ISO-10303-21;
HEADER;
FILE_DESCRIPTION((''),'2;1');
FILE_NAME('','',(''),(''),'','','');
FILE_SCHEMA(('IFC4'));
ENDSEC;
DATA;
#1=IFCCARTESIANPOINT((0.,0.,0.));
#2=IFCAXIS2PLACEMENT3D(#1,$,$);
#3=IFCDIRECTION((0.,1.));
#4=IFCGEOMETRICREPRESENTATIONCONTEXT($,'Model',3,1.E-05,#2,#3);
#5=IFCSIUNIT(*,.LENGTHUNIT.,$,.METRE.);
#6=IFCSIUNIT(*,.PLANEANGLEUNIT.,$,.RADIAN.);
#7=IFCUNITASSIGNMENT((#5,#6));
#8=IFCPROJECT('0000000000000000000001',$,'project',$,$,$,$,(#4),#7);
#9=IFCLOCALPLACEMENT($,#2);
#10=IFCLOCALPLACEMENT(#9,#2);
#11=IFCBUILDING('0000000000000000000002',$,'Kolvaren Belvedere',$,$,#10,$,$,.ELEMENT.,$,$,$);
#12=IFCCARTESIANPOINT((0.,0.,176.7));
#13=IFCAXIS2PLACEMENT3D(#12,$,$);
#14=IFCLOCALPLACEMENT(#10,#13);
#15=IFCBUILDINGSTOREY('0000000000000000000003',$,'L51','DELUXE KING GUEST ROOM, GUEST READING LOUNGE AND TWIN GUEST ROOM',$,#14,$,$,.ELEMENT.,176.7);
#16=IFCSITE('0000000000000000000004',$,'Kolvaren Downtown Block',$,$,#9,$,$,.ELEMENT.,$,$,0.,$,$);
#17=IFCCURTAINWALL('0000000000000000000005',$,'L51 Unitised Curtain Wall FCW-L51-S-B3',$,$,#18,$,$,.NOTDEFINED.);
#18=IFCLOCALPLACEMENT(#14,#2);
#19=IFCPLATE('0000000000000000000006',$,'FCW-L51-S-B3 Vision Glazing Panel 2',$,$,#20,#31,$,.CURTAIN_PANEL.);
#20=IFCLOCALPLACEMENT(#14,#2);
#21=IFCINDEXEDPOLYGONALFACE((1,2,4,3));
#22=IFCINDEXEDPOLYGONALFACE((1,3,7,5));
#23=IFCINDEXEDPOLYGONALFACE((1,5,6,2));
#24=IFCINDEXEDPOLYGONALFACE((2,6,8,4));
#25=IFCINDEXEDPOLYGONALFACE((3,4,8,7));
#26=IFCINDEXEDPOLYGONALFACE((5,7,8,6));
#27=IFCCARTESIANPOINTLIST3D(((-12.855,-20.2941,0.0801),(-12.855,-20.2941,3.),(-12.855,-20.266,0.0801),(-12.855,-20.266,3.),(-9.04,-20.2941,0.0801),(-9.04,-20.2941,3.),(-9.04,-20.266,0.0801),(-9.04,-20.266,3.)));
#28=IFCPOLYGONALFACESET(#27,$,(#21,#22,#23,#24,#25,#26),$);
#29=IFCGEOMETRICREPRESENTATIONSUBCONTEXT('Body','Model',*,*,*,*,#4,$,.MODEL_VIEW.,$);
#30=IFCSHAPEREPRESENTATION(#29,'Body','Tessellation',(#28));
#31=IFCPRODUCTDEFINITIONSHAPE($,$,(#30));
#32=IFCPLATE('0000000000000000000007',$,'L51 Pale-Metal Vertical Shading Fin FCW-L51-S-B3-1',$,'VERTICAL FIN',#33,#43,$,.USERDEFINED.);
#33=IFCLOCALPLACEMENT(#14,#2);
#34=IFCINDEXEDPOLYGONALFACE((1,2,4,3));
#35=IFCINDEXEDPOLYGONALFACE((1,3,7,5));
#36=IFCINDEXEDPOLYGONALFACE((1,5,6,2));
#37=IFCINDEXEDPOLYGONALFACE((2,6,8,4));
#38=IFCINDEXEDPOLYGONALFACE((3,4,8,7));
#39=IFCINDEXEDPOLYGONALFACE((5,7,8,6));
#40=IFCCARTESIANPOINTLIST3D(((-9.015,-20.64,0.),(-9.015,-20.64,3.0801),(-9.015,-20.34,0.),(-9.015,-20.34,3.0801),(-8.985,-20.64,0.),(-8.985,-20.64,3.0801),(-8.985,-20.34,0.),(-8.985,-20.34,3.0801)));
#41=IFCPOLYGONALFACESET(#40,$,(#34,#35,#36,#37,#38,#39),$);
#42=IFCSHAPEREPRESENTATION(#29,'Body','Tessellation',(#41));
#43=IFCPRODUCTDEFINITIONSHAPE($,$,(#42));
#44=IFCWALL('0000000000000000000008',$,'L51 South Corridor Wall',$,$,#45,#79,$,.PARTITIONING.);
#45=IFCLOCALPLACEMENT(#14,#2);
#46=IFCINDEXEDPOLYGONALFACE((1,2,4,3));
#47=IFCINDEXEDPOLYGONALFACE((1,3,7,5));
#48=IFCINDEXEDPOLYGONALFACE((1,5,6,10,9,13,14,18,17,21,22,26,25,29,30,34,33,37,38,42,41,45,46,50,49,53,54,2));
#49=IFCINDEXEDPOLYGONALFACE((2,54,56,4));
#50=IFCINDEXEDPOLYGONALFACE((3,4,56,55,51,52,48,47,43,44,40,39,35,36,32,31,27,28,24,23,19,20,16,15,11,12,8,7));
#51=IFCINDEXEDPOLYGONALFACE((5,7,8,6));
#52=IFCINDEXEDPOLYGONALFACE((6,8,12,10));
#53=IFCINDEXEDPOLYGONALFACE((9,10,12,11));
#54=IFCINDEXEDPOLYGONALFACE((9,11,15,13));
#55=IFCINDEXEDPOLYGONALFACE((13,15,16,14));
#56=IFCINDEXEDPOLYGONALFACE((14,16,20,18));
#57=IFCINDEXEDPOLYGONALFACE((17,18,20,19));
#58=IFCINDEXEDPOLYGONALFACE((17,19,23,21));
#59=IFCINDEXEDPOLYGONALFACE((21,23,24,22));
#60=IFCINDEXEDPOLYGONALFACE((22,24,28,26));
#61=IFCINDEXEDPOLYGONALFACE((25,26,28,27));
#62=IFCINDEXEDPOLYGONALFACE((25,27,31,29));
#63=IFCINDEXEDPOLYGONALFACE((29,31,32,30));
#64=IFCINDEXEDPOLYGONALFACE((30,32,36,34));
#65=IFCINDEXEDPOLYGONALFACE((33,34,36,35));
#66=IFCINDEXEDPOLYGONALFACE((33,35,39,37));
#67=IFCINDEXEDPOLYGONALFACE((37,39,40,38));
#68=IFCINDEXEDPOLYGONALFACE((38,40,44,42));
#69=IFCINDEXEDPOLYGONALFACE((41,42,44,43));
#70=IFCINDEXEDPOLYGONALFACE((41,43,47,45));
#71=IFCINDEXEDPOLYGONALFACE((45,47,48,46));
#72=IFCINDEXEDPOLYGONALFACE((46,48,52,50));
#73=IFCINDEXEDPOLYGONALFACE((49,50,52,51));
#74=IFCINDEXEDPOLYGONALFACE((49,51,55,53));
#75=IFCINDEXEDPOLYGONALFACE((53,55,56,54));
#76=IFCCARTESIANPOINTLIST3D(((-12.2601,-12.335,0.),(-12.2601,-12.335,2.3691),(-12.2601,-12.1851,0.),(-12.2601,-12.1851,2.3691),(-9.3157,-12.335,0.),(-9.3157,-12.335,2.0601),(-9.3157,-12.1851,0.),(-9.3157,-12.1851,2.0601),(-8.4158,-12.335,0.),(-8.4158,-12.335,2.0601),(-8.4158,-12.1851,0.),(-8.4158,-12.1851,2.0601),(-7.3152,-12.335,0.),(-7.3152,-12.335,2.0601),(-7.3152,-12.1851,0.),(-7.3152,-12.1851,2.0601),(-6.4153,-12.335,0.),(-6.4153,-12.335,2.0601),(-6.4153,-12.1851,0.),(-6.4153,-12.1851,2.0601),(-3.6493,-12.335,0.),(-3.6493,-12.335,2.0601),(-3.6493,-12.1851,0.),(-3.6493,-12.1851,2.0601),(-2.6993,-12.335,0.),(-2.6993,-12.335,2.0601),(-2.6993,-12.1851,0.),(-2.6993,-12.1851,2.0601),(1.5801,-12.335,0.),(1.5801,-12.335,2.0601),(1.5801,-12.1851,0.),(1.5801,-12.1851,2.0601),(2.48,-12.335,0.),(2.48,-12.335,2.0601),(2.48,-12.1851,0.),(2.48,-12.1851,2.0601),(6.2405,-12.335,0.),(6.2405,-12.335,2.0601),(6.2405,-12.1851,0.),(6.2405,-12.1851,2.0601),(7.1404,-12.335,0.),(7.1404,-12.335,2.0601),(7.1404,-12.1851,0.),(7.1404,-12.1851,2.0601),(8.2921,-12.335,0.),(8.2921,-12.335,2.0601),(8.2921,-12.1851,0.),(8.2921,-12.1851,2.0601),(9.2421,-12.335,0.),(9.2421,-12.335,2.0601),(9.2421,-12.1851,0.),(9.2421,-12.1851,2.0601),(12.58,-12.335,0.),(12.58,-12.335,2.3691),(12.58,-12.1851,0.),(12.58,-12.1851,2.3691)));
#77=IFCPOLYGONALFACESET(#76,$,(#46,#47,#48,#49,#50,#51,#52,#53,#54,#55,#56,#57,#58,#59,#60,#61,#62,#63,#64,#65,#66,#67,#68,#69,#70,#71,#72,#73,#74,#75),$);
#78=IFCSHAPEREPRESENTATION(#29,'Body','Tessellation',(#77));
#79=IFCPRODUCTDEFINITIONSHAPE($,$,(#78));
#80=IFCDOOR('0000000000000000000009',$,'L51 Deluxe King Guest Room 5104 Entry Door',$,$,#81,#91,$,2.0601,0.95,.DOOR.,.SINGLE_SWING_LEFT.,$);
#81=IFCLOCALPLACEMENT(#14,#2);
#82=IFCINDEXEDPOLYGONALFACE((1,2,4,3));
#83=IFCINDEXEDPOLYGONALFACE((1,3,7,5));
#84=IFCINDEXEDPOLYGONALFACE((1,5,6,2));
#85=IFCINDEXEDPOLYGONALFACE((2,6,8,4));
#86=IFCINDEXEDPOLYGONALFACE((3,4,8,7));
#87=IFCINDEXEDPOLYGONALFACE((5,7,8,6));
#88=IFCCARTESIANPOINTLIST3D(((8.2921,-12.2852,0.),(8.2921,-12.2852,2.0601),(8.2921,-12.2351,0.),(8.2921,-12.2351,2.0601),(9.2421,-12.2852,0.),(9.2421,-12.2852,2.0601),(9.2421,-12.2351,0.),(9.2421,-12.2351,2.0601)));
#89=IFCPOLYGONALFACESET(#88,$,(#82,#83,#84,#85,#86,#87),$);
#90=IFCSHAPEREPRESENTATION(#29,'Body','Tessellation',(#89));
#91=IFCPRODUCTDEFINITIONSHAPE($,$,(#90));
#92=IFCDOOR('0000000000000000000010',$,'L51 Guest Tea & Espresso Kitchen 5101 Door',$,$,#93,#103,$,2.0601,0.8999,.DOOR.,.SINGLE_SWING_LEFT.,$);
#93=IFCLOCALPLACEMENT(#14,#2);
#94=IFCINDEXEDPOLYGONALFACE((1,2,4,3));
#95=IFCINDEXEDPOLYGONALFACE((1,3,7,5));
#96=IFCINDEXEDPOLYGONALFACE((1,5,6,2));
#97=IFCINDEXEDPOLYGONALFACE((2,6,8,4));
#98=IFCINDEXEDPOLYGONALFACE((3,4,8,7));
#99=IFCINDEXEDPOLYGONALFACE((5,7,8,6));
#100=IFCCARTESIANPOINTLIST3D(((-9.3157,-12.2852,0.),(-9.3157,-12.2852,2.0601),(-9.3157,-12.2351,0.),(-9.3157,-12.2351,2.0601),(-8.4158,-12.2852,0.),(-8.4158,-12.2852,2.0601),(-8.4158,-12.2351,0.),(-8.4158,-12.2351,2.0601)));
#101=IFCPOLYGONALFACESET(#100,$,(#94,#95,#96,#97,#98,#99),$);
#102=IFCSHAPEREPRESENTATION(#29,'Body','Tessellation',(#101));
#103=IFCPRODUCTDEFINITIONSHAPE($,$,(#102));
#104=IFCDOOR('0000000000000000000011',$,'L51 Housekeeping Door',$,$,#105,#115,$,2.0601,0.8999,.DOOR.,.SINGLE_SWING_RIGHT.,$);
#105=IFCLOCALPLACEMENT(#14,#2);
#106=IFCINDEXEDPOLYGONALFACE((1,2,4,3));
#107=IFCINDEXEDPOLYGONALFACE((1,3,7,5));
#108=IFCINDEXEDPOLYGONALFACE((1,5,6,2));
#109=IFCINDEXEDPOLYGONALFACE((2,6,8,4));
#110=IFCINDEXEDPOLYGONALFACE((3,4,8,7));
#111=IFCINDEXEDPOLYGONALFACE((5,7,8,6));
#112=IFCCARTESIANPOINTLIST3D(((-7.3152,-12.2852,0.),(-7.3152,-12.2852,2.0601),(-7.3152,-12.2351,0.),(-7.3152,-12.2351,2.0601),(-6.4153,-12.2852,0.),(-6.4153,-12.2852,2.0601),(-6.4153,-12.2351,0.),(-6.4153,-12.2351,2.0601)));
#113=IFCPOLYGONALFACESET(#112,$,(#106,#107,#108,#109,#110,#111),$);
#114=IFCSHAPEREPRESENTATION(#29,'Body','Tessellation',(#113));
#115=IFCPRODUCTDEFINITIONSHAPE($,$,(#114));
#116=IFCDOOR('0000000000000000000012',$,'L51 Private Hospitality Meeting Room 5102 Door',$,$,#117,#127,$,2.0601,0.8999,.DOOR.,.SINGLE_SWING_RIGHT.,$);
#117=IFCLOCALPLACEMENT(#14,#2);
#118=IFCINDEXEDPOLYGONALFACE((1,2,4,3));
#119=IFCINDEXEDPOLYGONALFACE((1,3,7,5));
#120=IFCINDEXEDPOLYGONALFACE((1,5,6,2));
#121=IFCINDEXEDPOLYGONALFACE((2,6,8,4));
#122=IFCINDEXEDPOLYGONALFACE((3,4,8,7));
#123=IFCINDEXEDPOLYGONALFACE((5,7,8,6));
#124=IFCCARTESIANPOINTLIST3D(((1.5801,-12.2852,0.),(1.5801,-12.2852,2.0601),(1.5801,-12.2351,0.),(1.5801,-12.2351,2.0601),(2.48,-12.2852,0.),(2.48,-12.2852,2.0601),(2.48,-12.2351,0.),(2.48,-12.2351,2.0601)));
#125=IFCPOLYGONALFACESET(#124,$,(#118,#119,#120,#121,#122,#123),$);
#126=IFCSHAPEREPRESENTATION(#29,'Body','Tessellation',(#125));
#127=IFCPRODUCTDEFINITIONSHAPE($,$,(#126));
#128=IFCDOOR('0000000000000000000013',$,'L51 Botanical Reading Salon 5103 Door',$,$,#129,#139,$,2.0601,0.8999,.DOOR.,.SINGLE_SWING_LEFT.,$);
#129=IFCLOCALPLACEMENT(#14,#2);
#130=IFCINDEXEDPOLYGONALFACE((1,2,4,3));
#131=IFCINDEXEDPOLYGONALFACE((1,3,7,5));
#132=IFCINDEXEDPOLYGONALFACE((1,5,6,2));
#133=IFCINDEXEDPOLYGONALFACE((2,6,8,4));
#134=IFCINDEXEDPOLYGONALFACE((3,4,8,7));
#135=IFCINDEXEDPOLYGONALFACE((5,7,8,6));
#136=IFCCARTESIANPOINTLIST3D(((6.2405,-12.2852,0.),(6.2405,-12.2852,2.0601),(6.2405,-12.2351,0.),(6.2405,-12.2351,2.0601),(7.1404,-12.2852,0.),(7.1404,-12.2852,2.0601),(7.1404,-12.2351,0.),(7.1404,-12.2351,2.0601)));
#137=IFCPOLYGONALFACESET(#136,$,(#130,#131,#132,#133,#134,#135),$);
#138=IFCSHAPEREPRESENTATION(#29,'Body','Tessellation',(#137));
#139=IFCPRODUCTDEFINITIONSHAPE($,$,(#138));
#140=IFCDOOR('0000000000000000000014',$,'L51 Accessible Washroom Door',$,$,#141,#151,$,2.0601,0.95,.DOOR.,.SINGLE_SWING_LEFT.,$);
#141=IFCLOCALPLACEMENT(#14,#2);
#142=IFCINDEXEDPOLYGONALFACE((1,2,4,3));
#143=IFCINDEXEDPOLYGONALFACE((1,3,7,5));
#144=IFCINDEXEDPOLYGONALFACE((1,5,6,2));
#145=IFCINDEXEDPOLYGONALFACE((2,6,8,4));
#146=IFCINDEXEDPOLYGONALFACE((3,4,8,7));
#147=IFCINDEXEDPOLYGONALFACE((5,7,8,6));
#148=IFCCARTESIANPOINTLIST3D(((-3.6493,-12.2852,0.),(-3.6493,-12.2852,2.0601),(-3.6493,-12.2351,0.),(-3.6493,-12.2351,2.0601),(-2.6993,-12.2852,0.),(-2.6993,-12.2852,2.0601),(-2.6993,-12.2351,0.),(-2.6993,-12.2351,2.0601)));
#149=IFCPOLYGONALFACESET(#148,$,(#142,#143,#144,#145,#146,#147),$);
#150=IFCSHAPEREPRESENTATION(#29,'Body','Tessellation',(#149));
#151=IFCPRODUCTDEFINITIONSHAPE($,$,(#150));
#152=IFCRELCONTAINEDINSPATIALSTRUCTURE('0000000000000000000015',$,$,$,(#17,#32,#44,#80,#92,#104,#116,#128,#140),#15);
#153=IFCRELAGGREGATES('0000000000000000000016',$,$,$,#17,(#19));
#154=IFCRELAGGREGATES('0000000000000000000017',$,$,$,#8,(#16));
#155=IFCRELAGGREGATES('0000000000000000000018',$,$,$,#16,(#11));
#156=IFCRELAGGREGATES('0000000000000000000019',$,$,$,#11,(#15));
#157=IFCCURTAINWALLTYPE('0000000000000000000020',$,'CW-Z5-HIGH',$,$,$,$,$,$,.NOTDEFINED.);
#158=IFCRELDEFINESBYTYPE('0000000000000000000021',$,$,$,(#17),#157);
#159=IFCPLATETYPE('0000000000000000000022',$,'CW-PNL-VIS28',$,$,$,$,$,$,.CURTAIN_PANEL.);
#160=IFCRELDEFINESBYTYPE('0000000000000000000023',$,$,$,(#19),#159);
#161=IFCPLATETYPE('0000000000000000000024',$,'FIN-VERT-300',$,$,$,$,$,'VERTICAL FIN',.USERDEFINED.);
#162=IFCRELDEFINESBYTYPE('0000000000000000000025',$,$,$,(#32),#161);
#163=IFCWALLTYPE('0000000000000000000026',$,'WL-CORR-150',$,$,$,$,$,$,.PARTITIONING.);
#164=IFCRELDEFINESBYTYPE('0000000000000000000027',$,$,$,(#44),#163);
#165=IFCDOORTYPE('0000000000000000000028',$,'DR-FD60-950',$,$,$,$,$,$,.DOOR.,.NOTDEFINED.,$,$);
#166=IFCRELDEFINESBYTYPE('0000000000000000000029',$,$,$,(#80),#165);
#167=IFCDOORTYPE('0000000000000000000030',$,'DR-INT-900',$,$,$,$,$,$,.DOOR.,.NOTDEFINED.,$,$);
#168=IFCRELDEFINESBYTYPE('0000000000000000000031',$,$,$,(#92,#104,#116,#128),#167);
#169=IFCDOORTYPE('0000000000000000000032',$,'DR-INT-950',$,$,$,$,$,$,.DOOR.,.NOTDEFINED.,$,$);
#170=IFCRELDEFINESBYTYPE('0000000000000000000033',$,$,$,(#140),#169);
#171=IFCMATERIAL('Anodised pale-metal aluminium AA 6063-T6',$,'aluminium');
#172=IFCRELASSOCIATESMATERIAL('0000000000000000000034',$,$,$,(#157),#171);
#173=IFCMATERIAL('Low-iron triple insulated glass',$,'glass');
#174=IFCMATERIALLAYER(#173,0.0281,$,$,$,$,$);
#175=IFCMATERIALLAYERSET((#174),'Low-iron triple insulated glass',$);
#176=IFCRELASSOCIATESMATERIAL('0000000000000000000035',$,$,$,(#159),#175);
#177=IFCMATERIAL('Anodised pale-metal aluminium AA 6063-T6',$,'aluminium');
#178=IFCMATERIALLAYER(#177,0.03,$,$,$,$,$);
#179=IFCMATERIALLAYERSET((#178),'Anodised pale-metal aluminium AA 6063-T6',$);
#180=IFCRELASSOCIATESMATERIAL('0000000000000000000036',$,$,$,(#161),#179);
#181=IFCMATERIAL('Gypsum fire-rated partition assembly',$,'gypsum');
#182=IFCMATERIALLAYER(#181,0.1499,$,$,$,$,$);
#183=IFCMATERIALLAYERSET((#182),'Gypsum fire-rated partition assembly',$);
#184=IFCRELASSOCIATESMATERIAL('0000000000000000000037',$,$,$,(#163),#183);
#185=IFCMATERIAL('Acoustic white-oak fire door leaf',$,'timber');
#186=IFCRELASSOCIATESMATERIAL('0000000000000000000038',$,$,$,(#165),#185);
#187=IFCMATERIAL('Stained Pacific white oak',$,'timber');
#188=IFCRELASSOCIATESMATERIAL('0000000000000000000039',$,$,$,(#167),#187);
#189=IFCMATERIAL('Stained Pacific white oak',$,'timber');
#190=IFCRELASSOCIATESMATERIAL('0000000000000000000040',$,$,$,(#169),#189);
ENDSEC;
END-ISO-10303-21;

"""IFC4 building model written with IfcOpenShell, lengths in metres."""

from ifc_helpers import new_model, si_unit, direction, frame, frame_2d, origin, origin_2d, place, context, subcontext, project, spatial, rectangle, extrude, material, layer, layer_set, type_object, element, fill, aggregate, save


model = new_model("IFC4")

# Units and contexts
model_context = context("Model", 3, precision=1e-05, world=origin(), true_north=direction((0.0, 1.0)))
body_context = subcontext(model_context, "Body", "Model", "MODEL_VIEW")
ifc_project = project(units=[si_unit("LENGTHUNIT", "METRE"), si_unit("PLANEANGLEUNIT", "RADIAN")], contexts=[model_context])

# Site, building, storey
site_placement = place(None, origin())
site = spatial("IfcSite", under=ifc_project, at=site_placement, Name="Kolvaren Downtown Block", CompositionType="ELEMENT", RefElevation=0.0)
building_placement = place(site_placement, origin())
building = spatial("IfcBuilding", under=site, at=building_placement, Name="Kolvaren Belvedere", CompositionType="ELEMENT")
storey_placement = place(building_placement, frame((0.0, 0.0, 176.7)))
storey = spatial("IfcBuildingStorey", under=building, at=storey_placement, Name="L51", Description="DELUXE KING GUEST ROOM, GUEST READING LOUNGE AND TWIN GUEST ROOM", CompositionType="ELEMENT", Elevation=176.7)

# Curtain wall, plate
ifc_material_1 = material(Name="Anodised pale-metal aluminium AA 6063-T6", Category="aluminium")
curtain_wall_type = type_object("IfcCurtainWallType", Name="CW-Z5-HIGH", PredefinedType="NOTDEFINED", material=ifc_material_1)
curtain_wall_placement = place(storey_placement, origin())
curtain_wall = element("IfcCurtainWall", 1, at=curtain_wall_placement, inside=storey, type_object=curtain_wall_type, Name="L51 Unitised Curtain Wall FCW-L51-S-B3", PredefinedType="NOTDEFINED")
ifc_material_2 = material(Name="Low-iron triple insulated glass", Category="glass")
ifc_layer_1 = layer(ifc_material_2, 0.0281)
ifc_layer_set_1 = layer_set([ifc_layer_1], Name="Low-iron triple insulated glass")
plate_type_1 = type_object("IfcPlateType", Name="CW-PNL-VIS28", PredefinedType="CURTAIN_PANEL", material=ifc_layer_set_1)
plate_1_placement = place(storey_placement, frame((-10.9475, -20.28, 0.0801), z_axis=(0.0, 0.0, 1.0), x_axis=(-1.0, 0.0, 0.0)))
plate_1 = element("IfcPlate", 2, at=plate_1_placement, type_object=plate_type_1, Name="FCW-L51-S-B3 Vision Glazing Panel 2", PredefinedType="CURTAIN_PANEL", context=body_context, shape_type="SweptSolid", body=[
    extrude(rectangle(XDim=3.8149, YDim=0.0281, at=origin_2d()), origin(), (0.0, 0.0, 1.0), 2.9199),
])
aggregate(curtain_wall, [plate_1])

# Plate
ifc_material_3 = material(Name="Anodised pale-metal aluminium AA 6063-T6", Category="aluminium")
ifc_layer_2 = layer(ifc_material_3, 0.03)
ifc_layer_set_2 = layer_set([ifc_layer_2], Name="Anodised pale-metal aluminium AA 6063-T6")
plate_type_2 = type_object("IfcPlateType", Name="FIN-VERT-300", ElementType="VERTICAL FIN", PredefinedType="USERDEFINED", material=ifc_layer_set_2)
plate_2_placement = place(storey_placement, frame((-9.0, -20.49, 0.0), z_axis=(0.0, 0.0, 1.0), x_axis=(0.0, 1.0, 0.0)))
element("IfcPlate", 3, at=plate_2_placement, inside=storey, type_object=plate_type_2, Name="L51 Pale-Metal Vertical Shading Fin FCW-L51-S-B3-1", ObjectType="VERTICAL FIN", PredefinedType="USERDEFINED", context=body_context, shape_type="SweptSolid", body=[
    extrude(rectangle(XDim=0.3, YDim=0.03, at=origin_2d()), origin(), (0.0, 0.0, 1.0), 3.0801),
])

# Wall, openings, doors
ifc_material_4 = material(Name="Gypsum fire-rated partition assembly", Category="gypsum")
ifc_layer_3 = layer(ifc_material_4, 0.1499)
ifc_layer_set_3 = layer_set([ifc_layer_3], Name="Gypsum fire-rated partition assembly")
wall_type_1 = type_object("IfcWallType", Name="WL-CORR-150", PredefinedType="PARTITIONING", material=ifc_layer_set_3)
wall_1_placement = place(storey_placement, frame((-12.26, -12.26, 0.0), z_axis=(0.0, 0.0, 1.0), x_axis=(1.0, 0.0, 0.0)))
wall_1 = element("IfcWall", 4, at=wall_1_placement, inside=storey, type_object=wall_type_1, Name="L51 South Corridor Wall", PredefinedType="PARTITIONING", context=body_context, shape_type="SweptSolid", body=[
    extrude(rectangle(XDim=24.8401, YDim=0.1499, at=frame_2d((12.4199, 0.0))), origin(), (0.0, 0.0, 1.0), 2.3691),
])
opening_1_placement = place(wall_1_placement, frame((2.9443, 0.0, 0.0)))
opening_1 = element("IfcOpeningElement", 5, at=opening_1_placement, cuts=wall_1, PredefinedType="OPENING", context=body_context, shape_type="SweptSolid", body=[
    extrude(rectangle(XDim=0.8999, YDim=2.0601, at=frame_2d((0.45, 1.03))), frame((0.0, 0.085, 0.0), z_axis=(0.0, -1.0, 0.0), x_axis=(1.0, 0.0, 0.0)), (0.0, 0.0, 1.0), 0.1699),
])
opening_2_placement = place(wall_1_placement, frame((4.9448, 0.0, 0.0)))
opening_2 = element("IfcOpeningElement", 6, at=opening_2_placement, cuts=wall_1, PredefinedType="OPENING", context=body_context, shape_type="SweptSolid", body=[
    extrude(rectangle(XDim=0.8999, YDim=2.0601, at=frame_2d((0.45, 1.03))), frame((0.0, 0.085, 0.0), z_axis=(0.0, -1.0, 0.0), x_axis=(1.0, 0.0, 0.0)), (0.0, 0.0, 1.0), 0.1699),
])
opening_3_placement = place(wall_1_placement, frame((8.6106, 0.0, 0.0)))
opening_3 = element("IfcOpeningElement", 7, at=opening_3_placement, cuts=wall_1, PredefinedType="OPENING", context=body_context, shape_type="SweptSolid", body=[
    extrude(rectangle(XDim=0.95, YDim=2.0601, at=frame_2d((0.4751, 1.03))), frame((0.0, 0.085, 0.0), z_axis=(0.0, -1.0, 0.0), x_axis=(1.0, 0.0, 0.0)), (0.0, 0.0, 1.0), 0.1699),
])
opening_4_placement = place(wall_1_placement, frame((13.8401, 0.0, 0.0)))
opening_4 = element("IfcOpeningElement", 8, at=opening_4_placement, cuts=wall_1, PredefinedType="OPENING", context=body_context, shape_type="SweptSolid", body=[
    extrude(rectangle(XDim=0.8999, YDim=2.0601, at=frame_2d((0.45, 1.03))), frame((0.0, 0.085, 0.0), z_axis=(0.0, -1.0, 0.0), x_axis=(1.0, 0.0, 0.0)), (0.0, 0.0, 1.0), 0.1699),
])
opening_5_placement = place(wall_1_placement, frame((18.5005, 0.0, 0.0)))
opening_5 = element("IfcOpeningElement", 9, at=opening_5_placement, cuts=wall_1, PredefinedType="OPENING", context=body_context, shape_type="SweptSolid", body=[
    extrude(rectangle(XDim=0.8999, YDim=2.0601, at=frame_2d((0.45, 1.03))), frame((0.0, 0.085, 0.0), z_axis=(0.0, -1.0, 0.0), x_axis=(1.0, 0.0, 0.0)), (0.0, 0.0, 1.0), 0.1699),
])
opening_6_placement = place(wall_1_placement, frame((20.552, 0.0, 0.0)))
opening_6 = element("IfcOpeningElement", 10, at=opening_6_placement, cuts=wall_1, PredefinedType="OPENING", context=body_context, shape_type="SweptSolid", body=[
    extrude(rectangle(XDim=0.95, YDim=2.0601, at=frame_2d((0.4751, 1.03))), frame((0.0, 0.085, 0.0), z_axis=(0.0, -1.0, 0.0), x_axis=(1.0, 0.0, 0.0)), (0.0, 0.0, 1.0), 0.1699),
])
ifc_material_5 = material(Name="Acoustic white-oak fire door leaf", Category="timber")
door_type_1 = type_object("IfcDoorType", Name="DR-FD60-950", OperationType="NOTDEFINED", PredefinedType="DOOR", material=ifc_material_5)
door_1_placement = place(opening_6_placement, origin())
door_1 = element("IfcDoor", 11, at=door_1_placement, inside=storey, type_object=door_type_1, Name="L51 Deluxe King Guest Room 5104 Entry Door", OperationType="SINGLE_SWING_LEFT", OverallHeight=2.0601, OverallWidth=0.95, PredefinedType="DOOR", context=body_context, shape_type="SweptSolid", body=[
    extrude(rectangle(XDim=0.95, YDim=2.0601, at=frame_2d((0.4751, 1.03))), frame((0.0, 0.0249, 0.0), z_axis=(0.0, -1.0, 0.0), x_axis=(1.0, 0.0, 0.0)), (0.0, 0.0, 1.0), 0.05),
])
fill(opening_6, door_1)
ifc_material_6 = material(Name="Stained Pacific white oak", Category="timber")
door_type_2 = type_object("IfcDoorType", Name="DR-INT-900", OperationType="NOTDEFINED", PredefinedType="DOOR", material=ifc_material_6)
door_2_placement = place(opening_1_placement, origin())
door_2 = element("IfcDoor", 12, at=door_2_placement, inside=storey, type_object=door_type_2, Name="L51 Guest Tea & Espresso Kitchen 5101 Door", OperationType="SINGLE_SWING_LEFT", OverallHeight=2.0601, OverallWidth=0.8999, PredefinedType="DOOR", context=body_context, shape_type="SweptSolid", body=[
    extrude(rectangle(XDim=0.8999, YDim=2.0601, at=frame_2d((0.45, 1.03))), frame((0.0, 0.0249, 0.0), z_axis=(0.0, -1.0, 0.0), x_axis=(1.0, 0.0, 0.0)), (0.0, 0.0, 1.0), 0.05),
])
fill(opening_1, door_2)
door_3_placement = place(opening_2_placement, origin())
door_3 = element("IfcDoor", 13, at=door_3_placement, inside=storey, type_object=door_type_2, Name="L51 Housekeeping Door", OperationType="SINGLE_SWING_RIGHT", OverallHeight=2.0601, OverallWidth=0.8999, PredefinedType="DOOR", context=body_context, shape_type="SweptSolid", body=[
    extrude(rectangle(XDim=0.8999, YDim=2.0601, at=frame_2d((0.45, 1.03))), frame((0.0, 0.0249, 0.0), z_axis=(0.0, -1.0, 0.0), x_axis=(1.0, 0.0, 0.0)), (0.0, 0.0, 1.0), 0.05),
])
fill(opening_2, door_3)
door_4_placement = place(opening_4_placement, origin())
door_4 = element("IfcDoor", 14, at=door_4_placement, inside=storey, type_object=door_type_2, Name="L51 Private Hospitality Meeting Room 5102 Door", OperationType="SINGLE_SWING_RIGHT", OverallHeight=2.0601, OverallWidth=0.8999, PredefinedType="DOOR", context=body_context, shape_type="SweptSolid", body=[
    extrude(rectangle(XDim=0.8999, YDim=2.0601, at=frame_2d((0.45, 1.03))), frame((0.0, 0.0249, 0.0), z_axis=(0.0, -1.0, 0.0), x_axis=(1.0, 0.0, 0.0)), (0.0, 0.0, 1.0), 0.05),
])
fill(opening_4, door_4)
door_5_placement = place(opening_5_placement, origin())
door_5 = element("IfcDoor", 15, at=door_5_placement, inside=storey, type_object=door_type_2, Name="L51 Botanical Reading Salon 5103 Door", OperationType="SINGLE_SWING_LEFT", OverallHeight=2.0601, OverallWidth=0.8999, PredefinedType="DOOR", context=body_context, shape_type="SweptSolid", body=[
    extrude(rectangle(XDim=0.8999, YDim=2.0601, at=frame_2d((0.45, 1.03))), frame((0.0, 0.0249, 0.0), z_axis=(0.0, -1.0, 0.0), x_axis=(1.0, 0.0, 0.0)), (0.0, 0.0, 1.0), 0.05),
])
fill(opening_5, door_5)
ifc_material_7 = material(Name="Stained Pacific white oak", Category="timber")
door_type_3 = type_object("IfcDoorType", Name="DR-INT-950", OperationType="NOTDEFINED", PredefinedType="DOOR", material=ifc_material_7)
door_6_placement = place(opening_3_placement, origin())
door_6 = element("IfcDoor", 16, at=door_6_placement, inside=storey, type_object=door_type_3, Name="L51 Accessible Washroom Door", OperationType="SINGLE_SWING_LEFT", OverallHeight=2.0601, OverallWidth=0.95, PredefinedType="DOOR", context=body_context, shape_type="SweptSolid", body=[
    extrude(rectangle(XDim=0.95, YDim=2.0601, at=frame_2d((0.4751, 1.03))), frame((0.0, 0.0249, 0.0), z_axis=(0.0, -1.0, 0.0), x_axis=(1.0, 0.0, 0.0)), (0.0, 0.0, 1.0), 0.05),
])
fill(opening_3, door_6)

save(model, "model.ifc")
